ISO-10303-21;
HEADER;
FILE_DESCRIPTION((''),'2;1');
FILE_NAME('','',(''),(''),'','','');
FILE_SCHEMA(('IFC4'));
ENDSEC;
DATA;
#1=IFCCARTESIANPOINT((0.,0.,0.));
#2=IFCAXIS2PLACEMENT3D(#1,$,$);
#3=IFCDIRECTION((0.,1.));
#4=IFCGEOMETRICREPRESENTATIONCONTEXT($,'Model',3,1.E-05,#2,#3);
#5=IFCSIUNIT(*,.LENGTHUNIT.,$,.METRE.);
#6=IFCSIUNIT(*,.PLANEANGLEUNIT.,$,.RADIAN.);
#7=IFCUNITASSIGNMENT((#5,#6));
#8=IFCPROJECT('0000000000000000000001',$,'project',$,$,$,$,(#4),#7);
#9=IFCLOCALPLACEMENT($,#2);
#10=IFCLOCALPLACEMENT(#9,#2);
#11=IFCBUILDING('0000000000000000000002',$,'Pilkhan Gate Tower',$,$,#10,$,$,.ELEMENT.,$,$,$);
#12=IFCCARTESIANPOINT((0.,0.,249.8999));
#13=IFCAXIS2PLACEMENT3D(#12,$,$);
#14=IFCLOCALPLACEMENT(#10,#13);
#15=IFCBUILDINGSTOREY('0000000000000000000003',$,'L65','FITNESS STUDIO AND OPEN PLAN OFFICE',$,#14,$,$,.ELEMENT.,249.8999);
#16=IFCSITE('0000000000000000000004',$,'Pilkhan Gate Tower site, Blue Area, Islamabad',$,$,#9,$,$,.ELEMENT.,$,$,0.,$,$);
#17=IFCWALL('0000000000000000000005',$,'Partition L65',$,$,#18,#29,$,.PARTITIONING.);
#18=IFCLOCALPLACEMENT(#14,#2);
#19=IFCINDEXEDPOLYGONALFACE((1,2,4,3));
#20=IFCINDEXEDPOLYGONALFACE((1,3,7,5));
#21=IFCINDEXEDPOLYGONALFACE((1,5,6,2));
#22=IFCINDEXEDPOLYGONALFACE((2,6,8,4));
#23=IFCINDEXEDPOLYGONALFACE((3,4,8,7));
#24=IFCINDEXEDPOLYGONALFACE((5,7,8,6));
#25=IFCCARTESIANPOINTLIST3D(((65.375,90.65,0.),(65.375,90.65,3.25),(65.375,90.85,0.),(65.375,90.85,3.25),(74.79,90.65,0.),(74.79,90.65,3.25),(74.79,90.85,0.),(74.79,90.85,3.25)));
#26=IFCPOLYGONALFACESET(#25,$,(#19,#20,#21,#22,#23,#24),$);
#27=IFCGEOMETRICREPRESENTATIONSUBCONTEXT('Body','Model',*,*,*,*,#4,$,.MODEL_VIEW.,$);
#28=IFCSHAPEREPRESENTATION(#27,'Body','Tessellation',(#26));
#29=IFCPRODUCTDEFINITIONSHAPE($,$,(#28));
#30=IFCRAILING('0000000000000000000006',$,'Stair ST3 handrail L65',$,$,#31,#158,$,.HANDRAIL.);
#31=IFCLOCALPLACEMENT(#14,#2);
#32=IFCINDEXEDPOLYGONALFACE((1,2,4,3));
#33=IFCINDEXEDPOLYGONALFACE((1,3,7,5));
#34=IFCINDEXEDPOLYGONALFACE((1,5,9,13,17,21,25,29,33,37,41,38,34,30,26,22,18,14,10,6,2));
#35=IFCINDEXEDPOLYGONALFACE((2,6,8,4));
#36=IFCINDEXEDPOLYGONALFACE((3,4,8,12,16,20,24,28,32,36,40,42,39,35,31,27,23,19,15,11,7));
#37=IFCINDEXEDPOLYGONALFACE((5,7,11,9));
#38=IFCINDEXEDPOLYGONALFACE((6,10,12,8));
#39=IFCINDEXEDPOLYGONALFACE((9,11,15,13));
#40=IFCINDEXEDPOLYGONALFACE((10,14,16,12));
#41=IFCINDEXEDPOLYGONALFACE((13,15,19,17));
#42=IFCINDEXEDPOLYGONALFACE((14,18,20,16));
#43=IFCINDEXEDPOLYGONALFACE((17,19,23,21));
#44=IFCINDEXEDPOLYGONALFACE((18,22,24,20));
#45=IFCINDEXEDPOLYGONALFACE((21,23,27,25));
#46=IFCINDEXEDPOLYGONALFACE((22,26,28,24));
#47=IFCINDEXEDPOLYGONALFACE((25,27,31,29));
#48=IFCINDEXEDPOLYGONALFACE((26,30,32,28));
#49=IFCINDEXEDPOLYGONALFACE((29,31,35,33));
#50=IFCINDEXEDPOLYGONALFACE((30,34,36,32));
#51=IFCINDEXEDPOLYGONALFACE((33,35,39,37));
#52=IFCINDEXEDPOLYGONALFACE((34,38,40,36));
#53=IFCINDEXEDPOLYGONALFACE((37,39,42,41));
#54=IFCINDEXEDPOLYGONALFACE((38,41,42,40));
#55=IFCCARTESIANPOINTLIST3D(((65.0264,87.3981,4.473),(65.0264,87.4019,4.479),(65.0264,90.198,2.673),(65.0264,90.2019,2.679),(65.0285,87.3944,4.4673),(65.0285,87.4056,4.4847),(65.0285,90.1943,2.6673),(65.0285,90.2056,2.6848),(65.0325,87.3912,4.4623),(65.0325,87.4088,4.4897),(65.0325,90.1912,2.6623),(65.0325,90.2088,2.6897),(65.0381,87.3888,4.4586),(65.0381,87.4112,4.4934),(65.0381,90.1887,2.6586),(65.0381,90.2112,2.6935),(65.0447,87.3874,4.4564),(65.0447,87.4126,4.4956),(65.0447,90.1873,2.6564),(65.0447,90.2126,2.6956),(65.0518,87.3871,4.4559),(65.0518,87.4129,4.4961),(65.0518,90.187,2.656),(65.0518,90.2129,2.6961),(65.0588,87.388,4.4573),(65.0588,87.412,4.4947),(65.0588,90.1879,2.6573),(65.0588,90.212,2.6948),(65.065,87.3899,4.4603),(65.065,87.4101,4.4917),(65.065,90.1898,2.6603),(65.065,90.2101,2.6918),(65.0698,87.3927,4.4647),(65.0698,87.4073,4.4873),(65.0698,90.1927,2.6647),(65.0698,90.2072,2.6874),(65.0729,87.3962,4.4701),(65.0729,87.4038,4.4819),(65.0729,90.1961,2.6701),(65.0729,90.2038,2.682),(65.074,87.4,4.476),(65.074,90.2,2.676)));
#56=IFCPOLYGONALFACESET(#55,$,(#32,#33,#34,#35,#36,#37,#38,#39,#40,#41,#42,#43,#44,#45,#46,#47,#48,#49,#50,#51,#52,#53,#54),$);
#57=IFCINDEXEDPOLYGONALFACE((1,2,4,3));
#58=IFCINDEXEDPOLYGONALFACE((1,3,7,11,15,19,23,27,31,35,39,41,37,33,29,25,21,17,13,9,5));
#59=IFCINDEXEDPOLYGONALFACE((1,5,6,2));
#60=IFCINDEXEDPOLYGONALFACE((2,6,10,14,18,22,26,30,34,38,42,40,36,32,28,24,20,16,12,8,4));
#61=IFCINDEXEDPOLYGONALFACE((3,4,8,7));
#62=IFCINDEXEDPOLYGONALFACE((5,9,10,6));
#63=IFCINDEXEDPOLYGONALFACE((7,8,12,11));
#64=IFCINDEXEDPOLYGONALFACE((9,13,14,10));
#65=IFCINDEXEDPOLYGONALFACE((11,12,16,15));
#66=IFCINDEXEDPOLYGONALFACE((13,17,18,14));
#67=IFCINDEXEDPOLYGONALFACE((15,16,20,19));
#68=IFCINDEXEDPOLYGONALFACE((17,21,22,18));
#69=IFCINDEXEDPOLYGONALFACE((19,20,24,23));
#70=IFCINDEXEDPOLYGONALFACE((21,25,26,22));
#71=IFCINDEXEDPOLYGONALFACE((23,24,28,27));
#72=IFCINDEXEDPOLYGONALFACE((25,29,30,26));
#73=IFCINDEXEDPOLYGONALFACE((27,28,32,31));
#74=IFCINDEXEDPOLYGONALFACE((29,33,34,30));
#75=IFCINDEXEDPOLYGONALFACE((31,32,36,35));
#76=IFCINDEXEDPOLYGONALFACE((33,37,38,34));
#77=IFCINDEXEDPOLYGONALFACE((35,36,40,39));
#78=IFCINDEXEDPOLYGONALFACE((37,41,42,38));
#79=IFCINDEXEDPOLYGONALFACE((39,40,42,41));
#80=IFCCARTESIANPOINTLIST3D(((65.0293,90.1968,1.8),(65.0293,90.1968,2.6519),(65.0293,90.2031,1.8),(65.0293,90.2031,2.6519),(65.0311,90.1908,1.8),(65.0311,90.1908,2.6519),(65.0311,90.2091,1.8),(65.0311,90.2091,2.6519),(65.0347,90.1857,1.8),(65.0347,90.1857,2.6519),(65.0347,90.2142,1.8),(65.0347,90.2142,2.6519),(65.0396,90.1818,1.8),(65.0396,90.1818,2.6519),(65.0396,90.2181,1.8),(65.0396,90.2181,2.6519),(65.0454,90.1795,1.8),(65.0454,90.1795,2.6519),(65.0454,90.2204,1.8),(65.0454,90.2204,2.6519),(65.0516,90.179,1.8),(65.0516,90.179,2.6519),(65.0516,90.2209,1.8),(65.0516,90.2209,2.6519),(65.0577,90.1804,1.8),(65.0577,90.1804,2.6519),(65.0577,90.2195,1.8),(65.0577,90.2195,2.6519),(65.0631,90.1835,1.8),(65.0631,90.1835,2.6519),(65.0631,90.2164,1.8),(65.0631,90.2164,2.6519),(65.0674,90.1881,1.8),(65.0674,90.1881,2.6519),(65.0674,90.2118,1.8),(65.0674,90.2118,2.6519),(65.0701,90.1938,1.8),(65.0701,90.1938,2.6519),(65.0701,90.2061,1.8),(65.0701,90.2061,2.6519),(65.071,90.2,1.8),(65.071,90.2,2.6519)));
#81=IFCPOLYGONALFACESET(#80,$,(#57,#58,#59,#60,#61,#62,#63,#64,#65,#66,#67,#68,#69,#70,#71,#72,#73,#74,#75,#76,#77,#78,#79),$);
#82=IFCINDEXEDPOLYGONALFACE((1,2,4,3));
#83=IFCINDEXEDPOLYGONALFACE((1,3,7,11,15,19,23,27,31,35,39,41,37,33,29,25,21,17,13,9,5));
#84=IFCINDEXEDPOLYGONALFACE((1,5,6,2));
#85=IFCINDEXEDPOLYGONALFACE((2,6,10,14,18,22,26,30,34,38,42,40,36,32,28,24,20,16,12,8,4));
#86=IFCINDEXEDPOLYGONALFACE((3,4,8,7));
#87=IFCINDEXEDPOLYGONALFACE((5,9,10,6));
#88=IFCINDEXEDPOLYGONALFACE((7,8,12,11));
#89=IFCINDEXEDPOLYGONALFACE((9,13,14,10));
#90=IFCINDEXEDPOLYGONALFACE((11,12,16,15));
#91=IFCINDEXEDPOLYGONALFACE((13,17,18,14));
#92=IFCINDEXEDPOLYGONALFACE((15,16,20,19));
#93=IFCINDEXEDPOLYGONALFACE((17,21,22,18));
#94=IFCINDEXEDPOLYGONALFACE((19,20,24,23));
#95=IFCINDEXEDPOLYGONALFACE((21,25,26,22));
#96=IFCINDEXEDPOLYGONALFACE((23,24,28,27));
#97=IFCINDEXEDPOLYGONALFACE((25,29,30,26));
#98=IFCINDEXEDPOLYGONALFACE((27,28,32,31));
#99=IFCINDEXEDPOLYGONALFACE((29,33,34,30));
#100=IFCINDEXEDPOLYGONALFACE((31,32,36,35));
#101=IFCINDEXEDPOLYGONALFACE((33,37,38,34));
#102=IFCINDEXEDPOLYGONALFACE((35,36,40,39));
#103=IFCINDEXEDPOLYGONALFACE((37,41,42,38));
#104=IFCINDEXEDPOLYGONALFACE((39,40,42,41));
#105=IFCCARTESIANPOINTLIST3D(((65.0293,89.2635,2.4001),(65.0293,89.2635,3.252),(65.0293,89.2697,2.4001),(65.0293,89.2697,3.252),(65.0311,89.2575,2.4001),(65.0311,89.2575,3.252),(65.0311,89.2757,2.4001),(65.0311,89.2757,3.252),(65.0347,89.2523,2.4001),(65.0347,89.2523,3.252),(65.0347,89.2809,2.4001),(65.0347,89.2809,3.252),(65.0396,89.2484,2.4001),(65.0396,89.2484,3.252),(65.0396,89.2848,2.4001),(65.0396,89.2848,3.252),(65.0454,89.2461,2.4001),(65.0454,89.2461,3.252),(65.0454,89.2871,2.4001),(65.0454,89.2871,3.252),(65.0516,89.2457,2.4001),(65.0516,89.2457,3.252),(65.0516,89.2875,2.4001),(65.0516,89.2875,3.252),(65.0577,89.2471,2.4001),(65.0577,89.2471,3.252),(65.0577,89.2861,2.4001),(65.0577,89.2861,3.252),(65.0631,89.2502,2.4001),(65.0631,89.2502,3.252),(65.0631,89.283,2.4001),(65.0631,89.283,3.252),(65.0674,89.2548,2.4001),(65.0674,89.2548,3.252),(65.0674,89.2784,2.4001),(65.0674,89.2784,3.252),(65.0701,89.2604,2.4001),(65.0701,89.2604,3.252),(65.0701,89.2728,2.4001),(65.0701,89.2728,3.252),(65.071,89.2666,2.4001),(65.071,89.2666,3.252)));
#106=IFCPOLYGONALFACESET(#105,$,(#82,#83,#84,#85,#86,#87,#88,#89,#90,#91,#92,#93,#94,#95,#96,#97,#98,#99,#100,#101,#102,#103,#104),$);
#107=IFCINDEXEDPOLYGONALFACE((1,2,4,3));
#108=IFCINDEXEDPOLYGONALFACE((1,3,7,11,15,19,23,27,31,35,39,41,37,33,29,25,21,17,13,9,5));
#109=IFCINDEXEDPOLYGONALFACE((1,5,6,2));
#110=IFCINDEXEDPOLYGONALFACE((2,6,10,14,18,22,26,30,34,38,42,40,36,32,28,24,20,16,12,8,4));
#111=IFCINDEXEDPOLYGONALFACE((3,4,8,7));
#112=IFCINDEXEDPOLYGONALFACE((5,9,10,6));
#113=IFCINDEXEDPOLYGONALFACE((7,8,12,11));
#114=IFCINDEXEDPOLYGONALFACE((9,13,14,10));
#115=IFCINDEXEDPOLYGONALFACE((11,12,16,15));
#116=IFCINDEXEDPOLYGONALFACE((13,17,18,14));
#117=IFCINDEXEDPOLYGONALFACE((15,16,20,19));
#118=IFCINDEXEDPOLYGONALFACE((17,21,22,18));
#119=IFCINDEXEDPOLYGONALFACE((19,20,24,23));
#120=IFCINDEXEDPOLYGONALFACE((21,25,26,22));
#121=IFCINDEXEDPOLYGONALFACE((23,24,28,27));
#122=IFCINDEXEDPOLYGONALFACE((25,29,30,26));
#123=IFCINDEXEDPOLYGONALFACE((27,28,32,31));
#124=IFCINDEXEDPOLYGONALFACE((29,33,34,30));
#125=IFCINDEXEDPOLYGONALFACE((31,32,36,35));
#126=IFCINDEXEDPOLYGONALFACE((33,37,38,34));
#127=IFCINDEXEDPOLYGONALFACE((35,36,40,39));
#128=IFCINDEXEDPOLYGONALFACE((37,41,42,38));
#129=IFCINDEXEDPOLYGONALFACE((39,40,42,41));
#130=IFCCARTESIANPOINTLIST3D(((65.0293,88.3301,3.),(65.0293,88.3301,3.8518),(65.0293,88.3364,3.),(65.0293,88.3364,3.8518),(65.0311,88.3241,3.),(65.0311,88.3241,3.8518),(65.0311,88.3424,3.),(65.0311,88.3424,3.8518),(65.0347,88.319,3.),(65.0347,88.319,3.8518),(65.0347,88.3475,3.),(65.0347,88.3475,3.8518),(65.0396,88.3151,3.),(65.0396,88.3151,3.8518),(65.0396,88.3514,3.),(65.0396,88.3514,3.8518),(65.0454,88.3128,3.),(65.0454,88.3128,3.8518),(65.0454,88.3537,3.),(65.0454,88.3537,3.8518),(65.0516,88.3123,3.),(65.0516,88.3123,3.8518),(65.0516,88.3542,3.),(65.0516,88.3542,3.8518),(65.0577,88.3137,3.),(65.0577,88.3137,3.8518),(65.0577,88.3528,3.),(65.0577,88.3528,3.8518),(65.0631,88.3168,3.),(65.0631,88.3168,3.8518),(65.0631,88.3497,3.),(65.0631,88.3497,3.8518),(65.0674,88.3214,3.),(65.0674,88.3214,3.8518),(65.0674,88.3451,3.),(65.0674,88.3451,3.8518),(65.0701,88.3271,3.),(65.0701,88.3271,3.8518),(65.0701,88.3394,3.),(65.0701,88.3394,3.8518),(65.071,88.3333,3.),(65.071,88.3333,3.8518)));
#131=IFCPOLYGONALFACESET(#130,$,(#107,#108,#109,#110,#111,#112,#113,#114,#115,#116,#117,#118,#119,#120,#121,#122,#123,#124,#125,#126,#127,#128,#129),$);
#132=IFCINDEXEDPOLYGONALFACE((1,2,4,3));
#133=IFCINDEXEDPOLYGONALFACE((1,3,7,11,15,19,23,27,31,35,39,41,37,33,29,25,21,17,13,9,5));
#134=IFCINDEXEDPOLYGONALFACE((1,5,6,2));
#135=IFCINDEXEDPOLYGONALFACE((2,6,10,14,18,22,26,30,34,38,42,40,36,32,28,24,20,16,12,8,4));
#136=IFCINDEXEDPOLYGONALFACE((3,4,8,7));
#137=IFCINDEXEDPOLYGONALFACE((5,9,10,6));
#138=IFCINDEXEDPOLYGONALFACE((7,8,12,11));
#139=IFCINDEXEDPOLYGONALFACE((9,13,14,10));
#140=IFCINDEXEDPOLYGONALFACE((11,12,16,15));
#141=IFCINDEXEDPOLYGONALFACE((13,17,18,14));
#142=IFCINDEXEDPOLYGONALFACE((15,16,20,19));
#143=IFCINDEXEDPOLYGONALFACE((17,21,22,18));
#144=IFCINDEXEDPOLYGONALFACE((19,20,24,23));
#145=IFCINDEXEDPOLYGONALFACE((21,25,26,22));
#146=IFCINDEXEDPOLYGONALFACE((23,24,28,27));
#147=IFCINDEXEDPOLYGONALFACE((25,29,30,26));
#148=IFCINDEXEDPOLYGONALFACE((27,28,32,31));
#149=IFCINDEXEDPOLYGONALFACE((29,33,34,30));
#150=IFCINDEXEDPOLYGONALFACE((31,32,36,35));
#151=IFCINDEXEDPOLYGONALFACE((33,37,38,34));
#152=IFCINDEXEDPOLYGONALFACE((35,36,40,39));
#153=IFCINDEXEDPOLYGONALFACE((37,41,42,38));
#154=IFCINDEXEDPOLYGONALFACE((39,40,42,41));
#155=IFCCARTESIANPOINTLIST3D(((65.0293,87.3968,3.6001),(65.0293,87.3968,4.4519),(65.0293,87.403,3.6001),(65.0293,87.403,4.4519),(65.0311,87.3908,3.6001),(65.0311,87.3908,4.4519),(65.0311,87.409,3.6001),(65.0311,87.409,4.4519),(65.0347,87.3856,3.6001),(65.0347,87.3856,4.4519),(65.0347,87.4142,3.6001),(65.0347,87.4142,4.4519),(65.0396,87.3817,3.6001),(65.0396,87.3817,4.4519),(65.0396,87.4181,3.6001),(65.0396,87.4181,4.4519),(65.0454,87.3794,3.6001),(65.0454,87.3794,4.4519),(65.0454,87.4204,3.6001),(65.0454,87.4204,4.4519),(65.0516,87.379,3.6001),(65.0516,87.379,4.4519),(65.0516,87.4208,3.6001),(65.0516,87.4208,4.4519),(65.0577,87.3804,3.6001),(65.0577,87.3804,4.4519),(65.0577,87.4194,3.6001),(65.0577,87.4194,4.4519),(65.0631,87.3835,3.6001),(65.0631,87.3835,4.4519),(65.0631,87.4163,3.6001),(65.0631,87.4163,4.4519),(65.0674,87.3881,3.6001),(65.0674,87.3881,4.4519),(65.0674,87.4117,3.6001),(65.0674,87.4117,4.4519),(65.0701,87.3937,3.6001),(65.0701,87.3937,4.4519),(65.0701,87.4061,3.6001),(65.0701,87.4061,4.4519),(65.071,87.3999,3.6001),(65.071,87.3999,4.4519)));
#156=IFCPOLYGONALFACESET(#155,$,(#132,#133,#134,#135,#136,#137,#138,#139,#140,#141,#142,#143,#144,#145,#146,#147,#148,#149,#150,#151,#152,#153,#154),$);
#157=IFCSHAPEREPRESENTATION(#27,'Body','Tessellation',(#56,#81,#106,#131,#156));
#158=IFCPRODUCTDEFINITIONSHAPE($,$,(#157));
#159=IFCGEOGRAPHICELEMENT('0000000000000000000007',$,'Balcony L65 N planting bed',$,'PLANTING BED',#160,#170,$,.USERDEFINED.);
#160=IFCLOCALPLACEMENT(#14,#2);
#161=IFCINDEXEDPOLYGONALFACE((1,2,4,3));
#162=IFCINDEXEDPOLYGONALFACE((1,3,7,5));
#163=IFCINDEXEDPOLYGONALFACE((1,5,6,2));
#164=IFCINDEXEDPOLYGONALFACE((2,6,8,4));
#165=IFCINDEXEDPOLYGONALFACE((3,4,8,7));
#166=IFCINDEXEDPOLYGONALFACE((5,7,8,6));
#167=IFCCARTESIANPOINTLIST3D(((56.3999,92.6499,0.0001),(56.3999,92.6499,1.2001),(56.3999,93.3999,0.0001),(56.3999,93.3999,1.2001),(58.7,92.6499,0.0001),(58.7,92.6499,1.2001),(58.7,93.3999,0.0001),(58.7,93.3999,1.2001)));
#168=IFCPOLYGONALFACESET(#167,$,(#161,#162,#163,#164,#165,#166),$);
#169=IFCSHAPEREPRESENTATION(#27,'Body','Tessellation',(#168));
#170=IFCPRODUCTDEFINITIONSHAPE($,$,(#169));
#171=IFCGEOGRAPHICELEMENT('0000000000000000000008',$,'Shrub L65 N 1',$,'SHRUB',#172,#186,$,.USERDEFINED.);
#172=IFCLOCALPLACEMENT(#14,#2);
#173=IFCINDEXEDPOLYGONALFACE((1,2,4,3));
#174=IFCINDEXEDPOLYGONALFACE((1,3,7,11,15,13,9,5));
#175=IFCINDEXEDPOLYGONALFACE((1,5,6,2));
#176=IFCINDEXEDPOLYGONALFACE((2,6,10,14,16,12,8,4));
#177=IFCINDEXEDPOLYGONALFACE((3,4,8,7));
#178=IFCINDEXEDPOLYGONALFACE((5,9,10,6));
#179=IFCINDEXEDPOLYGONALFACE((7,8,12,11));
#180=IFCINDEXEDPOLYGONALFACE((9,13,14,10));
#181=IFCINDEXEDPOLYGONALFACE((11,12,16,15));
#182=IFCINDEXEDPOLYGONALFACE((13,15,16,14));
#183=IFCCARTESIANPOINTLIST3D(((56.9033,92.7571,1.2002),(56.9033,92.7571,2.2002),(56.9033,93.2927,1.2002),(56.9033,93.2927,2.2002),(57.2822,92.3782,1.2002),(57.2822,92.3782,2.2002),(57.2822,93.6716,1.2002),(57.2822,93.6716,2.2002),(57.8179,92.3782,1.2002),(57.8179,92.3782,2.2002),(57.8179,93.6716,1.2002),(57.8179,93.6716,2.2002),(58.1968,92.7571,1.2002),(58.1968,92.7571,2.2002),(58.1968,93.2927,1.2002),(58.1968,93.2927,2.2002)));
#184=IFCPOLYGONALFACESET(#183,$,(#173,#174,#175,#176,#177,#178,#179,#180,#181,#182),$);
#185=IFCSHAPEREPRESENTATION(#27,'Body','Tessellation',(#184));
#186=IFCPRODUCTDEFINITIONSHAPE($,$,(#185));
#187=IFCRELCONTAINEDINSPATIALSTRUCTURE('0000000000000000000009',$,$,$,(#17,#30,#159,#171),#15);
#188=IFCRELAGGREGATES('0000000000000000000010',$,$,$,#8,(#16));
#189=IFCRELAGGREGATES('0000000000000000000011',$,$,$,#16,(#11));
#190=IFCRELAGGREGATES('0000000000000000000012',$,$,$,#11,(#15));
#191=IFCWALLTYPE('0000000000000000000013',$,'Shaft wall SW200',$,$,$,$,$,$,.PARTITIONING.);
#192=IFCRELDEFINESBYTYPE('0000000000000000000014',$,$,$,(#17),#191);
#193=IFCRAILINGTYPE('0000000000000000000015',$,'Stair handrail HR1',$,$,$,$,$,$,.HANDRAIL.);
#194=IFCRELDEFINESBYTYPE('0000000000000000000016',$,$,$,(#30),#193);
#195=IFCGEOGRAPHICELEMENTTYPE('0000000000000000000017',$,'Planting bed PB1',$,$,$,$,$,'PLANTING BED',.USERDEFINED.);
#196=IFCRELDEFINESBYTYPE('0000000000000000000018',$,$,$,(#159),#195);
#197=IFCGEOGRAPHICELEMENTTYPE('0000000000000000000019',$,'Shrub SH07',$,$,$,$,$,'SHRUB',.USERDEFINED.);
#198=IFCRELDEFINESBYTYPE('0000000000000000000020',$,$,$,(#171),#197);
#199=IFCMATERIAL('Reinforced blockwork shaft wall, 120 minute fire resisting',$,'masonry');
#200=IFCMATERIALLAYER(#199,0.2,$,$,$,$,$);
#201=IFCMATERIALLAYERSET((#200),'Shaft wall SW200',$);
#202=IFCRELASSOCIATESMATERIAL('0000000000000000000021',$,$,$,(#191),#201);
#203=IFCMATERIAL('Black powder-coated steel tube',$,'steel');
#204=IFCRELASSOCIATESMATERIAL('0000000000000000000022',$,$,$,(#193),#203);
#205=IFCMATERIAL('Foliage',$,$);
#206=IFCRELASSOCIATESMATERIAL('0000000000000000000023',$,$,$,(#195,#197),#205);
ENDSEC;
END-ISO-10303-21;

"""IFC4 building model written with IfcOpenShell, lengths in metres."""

from ifc_helpers import new_model, si_unit, direction, frame, frame_2d, origin, origin_2d, place, context, subcontext, project, spatial, polyline, rectangle, circle, outline, extrude, material, layer, layer_set, material_profile, profile_set, type_object, element, save


model = new_model("IFC4")

# Units and contexts
model_context = context("Model", 3, precision=1e-05, world=origin(), true_north=direction((0.0, 1.0)))
body_context = subcontext(model_context, "Body", "Model", "MODEL_VIEW")
ifc_project = project(units=[si_unit("LENGTHUNIT", "METRE"), si_unit("PLANEANGLEUNIT", "RADIAN")], contexts=[model_context])

# Site, building, storey
site_placement = place(None, origin())
site = spatial("IfcSite", under=ifc_project, at=site_placement, Name="Pilkhan Gate Tower site, Blue Area, Islamabad", CompositionType="ELEMENT", RefElevation=0.0)
building_placement = place(site_placement, origin())
building = spatial("IfcBuilding", under=site, at=building_placement, Name="Pilkhan Gate Tower", CompositionType="ELEMENT")
storey_placement = place(building_placement, frame((0.0, 0.0, 249.8999)))
storey = spatial("IfcBuildingStorey", under=building, at=storey_placement, Name="L65", Description="FITNESS STUDIO AND OPEN PLAN OFFICE", CompositionType="ELEMENT", Elevation=249.8999)

# Wall
ifc_material_1 = material(Name="Reinforced blockwork shaft wall, 120 minute fire resisting", Category="masonry")
ifc_layer_1 = layer(ifc_material_1, 0.2)
ifc_layer_set_1 = layer_set([ifc_layer_1], Name="Shaft wall SW200")
wall_type_1 = type_object("IfcWallType", Name="Shaft wall SW200", PredefinedType="PARTITIONING", material=ifc_layer_set_1)
wall_1_placement = place(storey_placement, frame((65.375, 90.75, 0.0), z_axis=(0.0, 0.0, 1.0), x_axis=(1.0, 0.0, 0.0)))
element("IfcWall", 1, at=wall_1_placement, inside=storey, type_object=wall_type_1, Name="Partition L65", PredefinedType="PARTITIONING", context=body_context, shape_type="SweptSolid", body=[
    extrude(rectangle(XDim=9.415, YDim=0.2, at=frame_2d((4.7075, 0.0))), origin(), (0.0, 0.0, 1.0), 3.25),
])

# Railing
ifc_material_2 = material(Name="Black powder-coated steel tube", Category="steel")
railing_type_1 = type_object("IfcRailingType", Name="Stair handrail HR1", PredefinedType="HANDRAIL", material=ifc_material_2)
railing_1_placement = place(storey_placement, frame((65.05, 90.2, 1.8)))
element("IfcRailing", 2, at=railing_1_placement, inside=storey, type_object=railing_type_1, Name="Stair ST3 handrail L65", PredefinedType="HANDRAIL", context=body_context, shape_type="SweptSolid", body=[
    extrude(circle(Radius=0.0239, at=origin_2d()), frame((0.0, 0.0, 0.876), z_axis=(0.0, -0.841176, 0.540761), x_axis=(1.0, 0.0, 0.0)), (0.0, 0.0, 1.0), 3.3286),
    extrude(circle(Radius=0.021, at=origin_2d()), origin(), (0.0, 0.0, 1.0), 0.8518),
    extrude(circle(Radius=0.021, at=origin_2d()), frame((0.0, -0.9333, 0.6001)), (0.0, 0.0, 1.0), 0.8518),
    extrude(circle(Radius=0.021, at=origin_2d()), frame((0.0, -1.8667, 1.2)), (0.0, 0.0, 1.0), 0.8518),
    extrude(circle(Radius=0.021, at=origin_2d()), frame((0.0, -2.8, 1.8)), (0.0, 0.0, 1.0), 0.8518),
])

# Geographic elements
ifc_material_3 = material(Name="Foliage")
ifc_material_profile_1 = material_profile(ifc_material_3, rectangle(XDim=0.75, YDim=1.2, at=origin_2d()), Name="Bed 750x1200")
ifc_profile_set_1 = profile_set([ifc_material_profile_1], Name="Foliage")
geographic_element_type_1 = type_object("IfcGeographicElementType", Name="Planting bed PB1", ElementType="PLANTING BED", PredefinedType="USERDEFINED", material=ifc_profile_set_1)
geographic_element_1_placement = place(storey_placement, frame((56.3999, 93.0249, 0.6001), z_axis=(1.0, 0.0, 0.0), x_axis=(0.0, 1.0, 0.0)))
element("IfcGeographicElement", 3, at=geographic_element_1_placement, inside=storey, type_object=geographic_element_type_1, Name="Balcony L65 N planting bed", ObjectType="PLANTING BED", PredefinedType="USERDEFINED", context=body_context, shape_type="SweptSolid", body=[
    extrude(rectangle(XDim=0.75, YDim=1.2, at=origin_2d()), origin(), (0.0, 0.0, 1.0), 2.3),
])
ifc_material_profile_2 = material_profile(ifc_material_3, outline(polyline([(0.6467, 0.2678), (0.2678, 0.6467), (-0.2678, 0.6467), (-0.6467, 0.2678), (-0.6467, -0.2678), (-0.2678, -0.6467), (0.2678, -0.6467), (0.6467, -0.2678), (0.6467, 0.2678)])), Name="Shrub D1.4")
ifc_profile_set_2 = profile_set([ifc_material_profile_2], Name="Foliage")
geographic_element_type_2 = type_object("IfcGeographicElementType", Name="Shrub SH07", ElementType="SHRUB", PredefinedType="USERDEFINED", material=ifc_profile_set_2)
geographic_element_2_placement = place(storey_placement, frame((57.55, 93.0249, 1.2002), z_axis=(0.0, 0.0, 1.0), x_axis=(1.0, 0.0, 0.0)))
element("IfcGeographicElement", 4, at=geographic_element_2_placement, inside=storey, type_object=geographic_element_type_2, Name="Shrub L65 N 1", ObjectType="SHRUB", PredefinedType="USERDEFINED", context=body_context, shape_type="SweptSolid", body=[
    extrude(outline(polyline([(0.6467, 0.2678), (0.2678, 0.6467), (-0.2678, 0.6467), (-0.6467, 0.2678), (-0.6467, -0.2678), (-0.2678, -0.6467), (0.2678, -0.6467), (0.6467, -0.2678), (0.6467, 0.2678)])), origin(), (0.0, 0.0, 1.0), 1.0),
])

save(model, "model.ifc")
